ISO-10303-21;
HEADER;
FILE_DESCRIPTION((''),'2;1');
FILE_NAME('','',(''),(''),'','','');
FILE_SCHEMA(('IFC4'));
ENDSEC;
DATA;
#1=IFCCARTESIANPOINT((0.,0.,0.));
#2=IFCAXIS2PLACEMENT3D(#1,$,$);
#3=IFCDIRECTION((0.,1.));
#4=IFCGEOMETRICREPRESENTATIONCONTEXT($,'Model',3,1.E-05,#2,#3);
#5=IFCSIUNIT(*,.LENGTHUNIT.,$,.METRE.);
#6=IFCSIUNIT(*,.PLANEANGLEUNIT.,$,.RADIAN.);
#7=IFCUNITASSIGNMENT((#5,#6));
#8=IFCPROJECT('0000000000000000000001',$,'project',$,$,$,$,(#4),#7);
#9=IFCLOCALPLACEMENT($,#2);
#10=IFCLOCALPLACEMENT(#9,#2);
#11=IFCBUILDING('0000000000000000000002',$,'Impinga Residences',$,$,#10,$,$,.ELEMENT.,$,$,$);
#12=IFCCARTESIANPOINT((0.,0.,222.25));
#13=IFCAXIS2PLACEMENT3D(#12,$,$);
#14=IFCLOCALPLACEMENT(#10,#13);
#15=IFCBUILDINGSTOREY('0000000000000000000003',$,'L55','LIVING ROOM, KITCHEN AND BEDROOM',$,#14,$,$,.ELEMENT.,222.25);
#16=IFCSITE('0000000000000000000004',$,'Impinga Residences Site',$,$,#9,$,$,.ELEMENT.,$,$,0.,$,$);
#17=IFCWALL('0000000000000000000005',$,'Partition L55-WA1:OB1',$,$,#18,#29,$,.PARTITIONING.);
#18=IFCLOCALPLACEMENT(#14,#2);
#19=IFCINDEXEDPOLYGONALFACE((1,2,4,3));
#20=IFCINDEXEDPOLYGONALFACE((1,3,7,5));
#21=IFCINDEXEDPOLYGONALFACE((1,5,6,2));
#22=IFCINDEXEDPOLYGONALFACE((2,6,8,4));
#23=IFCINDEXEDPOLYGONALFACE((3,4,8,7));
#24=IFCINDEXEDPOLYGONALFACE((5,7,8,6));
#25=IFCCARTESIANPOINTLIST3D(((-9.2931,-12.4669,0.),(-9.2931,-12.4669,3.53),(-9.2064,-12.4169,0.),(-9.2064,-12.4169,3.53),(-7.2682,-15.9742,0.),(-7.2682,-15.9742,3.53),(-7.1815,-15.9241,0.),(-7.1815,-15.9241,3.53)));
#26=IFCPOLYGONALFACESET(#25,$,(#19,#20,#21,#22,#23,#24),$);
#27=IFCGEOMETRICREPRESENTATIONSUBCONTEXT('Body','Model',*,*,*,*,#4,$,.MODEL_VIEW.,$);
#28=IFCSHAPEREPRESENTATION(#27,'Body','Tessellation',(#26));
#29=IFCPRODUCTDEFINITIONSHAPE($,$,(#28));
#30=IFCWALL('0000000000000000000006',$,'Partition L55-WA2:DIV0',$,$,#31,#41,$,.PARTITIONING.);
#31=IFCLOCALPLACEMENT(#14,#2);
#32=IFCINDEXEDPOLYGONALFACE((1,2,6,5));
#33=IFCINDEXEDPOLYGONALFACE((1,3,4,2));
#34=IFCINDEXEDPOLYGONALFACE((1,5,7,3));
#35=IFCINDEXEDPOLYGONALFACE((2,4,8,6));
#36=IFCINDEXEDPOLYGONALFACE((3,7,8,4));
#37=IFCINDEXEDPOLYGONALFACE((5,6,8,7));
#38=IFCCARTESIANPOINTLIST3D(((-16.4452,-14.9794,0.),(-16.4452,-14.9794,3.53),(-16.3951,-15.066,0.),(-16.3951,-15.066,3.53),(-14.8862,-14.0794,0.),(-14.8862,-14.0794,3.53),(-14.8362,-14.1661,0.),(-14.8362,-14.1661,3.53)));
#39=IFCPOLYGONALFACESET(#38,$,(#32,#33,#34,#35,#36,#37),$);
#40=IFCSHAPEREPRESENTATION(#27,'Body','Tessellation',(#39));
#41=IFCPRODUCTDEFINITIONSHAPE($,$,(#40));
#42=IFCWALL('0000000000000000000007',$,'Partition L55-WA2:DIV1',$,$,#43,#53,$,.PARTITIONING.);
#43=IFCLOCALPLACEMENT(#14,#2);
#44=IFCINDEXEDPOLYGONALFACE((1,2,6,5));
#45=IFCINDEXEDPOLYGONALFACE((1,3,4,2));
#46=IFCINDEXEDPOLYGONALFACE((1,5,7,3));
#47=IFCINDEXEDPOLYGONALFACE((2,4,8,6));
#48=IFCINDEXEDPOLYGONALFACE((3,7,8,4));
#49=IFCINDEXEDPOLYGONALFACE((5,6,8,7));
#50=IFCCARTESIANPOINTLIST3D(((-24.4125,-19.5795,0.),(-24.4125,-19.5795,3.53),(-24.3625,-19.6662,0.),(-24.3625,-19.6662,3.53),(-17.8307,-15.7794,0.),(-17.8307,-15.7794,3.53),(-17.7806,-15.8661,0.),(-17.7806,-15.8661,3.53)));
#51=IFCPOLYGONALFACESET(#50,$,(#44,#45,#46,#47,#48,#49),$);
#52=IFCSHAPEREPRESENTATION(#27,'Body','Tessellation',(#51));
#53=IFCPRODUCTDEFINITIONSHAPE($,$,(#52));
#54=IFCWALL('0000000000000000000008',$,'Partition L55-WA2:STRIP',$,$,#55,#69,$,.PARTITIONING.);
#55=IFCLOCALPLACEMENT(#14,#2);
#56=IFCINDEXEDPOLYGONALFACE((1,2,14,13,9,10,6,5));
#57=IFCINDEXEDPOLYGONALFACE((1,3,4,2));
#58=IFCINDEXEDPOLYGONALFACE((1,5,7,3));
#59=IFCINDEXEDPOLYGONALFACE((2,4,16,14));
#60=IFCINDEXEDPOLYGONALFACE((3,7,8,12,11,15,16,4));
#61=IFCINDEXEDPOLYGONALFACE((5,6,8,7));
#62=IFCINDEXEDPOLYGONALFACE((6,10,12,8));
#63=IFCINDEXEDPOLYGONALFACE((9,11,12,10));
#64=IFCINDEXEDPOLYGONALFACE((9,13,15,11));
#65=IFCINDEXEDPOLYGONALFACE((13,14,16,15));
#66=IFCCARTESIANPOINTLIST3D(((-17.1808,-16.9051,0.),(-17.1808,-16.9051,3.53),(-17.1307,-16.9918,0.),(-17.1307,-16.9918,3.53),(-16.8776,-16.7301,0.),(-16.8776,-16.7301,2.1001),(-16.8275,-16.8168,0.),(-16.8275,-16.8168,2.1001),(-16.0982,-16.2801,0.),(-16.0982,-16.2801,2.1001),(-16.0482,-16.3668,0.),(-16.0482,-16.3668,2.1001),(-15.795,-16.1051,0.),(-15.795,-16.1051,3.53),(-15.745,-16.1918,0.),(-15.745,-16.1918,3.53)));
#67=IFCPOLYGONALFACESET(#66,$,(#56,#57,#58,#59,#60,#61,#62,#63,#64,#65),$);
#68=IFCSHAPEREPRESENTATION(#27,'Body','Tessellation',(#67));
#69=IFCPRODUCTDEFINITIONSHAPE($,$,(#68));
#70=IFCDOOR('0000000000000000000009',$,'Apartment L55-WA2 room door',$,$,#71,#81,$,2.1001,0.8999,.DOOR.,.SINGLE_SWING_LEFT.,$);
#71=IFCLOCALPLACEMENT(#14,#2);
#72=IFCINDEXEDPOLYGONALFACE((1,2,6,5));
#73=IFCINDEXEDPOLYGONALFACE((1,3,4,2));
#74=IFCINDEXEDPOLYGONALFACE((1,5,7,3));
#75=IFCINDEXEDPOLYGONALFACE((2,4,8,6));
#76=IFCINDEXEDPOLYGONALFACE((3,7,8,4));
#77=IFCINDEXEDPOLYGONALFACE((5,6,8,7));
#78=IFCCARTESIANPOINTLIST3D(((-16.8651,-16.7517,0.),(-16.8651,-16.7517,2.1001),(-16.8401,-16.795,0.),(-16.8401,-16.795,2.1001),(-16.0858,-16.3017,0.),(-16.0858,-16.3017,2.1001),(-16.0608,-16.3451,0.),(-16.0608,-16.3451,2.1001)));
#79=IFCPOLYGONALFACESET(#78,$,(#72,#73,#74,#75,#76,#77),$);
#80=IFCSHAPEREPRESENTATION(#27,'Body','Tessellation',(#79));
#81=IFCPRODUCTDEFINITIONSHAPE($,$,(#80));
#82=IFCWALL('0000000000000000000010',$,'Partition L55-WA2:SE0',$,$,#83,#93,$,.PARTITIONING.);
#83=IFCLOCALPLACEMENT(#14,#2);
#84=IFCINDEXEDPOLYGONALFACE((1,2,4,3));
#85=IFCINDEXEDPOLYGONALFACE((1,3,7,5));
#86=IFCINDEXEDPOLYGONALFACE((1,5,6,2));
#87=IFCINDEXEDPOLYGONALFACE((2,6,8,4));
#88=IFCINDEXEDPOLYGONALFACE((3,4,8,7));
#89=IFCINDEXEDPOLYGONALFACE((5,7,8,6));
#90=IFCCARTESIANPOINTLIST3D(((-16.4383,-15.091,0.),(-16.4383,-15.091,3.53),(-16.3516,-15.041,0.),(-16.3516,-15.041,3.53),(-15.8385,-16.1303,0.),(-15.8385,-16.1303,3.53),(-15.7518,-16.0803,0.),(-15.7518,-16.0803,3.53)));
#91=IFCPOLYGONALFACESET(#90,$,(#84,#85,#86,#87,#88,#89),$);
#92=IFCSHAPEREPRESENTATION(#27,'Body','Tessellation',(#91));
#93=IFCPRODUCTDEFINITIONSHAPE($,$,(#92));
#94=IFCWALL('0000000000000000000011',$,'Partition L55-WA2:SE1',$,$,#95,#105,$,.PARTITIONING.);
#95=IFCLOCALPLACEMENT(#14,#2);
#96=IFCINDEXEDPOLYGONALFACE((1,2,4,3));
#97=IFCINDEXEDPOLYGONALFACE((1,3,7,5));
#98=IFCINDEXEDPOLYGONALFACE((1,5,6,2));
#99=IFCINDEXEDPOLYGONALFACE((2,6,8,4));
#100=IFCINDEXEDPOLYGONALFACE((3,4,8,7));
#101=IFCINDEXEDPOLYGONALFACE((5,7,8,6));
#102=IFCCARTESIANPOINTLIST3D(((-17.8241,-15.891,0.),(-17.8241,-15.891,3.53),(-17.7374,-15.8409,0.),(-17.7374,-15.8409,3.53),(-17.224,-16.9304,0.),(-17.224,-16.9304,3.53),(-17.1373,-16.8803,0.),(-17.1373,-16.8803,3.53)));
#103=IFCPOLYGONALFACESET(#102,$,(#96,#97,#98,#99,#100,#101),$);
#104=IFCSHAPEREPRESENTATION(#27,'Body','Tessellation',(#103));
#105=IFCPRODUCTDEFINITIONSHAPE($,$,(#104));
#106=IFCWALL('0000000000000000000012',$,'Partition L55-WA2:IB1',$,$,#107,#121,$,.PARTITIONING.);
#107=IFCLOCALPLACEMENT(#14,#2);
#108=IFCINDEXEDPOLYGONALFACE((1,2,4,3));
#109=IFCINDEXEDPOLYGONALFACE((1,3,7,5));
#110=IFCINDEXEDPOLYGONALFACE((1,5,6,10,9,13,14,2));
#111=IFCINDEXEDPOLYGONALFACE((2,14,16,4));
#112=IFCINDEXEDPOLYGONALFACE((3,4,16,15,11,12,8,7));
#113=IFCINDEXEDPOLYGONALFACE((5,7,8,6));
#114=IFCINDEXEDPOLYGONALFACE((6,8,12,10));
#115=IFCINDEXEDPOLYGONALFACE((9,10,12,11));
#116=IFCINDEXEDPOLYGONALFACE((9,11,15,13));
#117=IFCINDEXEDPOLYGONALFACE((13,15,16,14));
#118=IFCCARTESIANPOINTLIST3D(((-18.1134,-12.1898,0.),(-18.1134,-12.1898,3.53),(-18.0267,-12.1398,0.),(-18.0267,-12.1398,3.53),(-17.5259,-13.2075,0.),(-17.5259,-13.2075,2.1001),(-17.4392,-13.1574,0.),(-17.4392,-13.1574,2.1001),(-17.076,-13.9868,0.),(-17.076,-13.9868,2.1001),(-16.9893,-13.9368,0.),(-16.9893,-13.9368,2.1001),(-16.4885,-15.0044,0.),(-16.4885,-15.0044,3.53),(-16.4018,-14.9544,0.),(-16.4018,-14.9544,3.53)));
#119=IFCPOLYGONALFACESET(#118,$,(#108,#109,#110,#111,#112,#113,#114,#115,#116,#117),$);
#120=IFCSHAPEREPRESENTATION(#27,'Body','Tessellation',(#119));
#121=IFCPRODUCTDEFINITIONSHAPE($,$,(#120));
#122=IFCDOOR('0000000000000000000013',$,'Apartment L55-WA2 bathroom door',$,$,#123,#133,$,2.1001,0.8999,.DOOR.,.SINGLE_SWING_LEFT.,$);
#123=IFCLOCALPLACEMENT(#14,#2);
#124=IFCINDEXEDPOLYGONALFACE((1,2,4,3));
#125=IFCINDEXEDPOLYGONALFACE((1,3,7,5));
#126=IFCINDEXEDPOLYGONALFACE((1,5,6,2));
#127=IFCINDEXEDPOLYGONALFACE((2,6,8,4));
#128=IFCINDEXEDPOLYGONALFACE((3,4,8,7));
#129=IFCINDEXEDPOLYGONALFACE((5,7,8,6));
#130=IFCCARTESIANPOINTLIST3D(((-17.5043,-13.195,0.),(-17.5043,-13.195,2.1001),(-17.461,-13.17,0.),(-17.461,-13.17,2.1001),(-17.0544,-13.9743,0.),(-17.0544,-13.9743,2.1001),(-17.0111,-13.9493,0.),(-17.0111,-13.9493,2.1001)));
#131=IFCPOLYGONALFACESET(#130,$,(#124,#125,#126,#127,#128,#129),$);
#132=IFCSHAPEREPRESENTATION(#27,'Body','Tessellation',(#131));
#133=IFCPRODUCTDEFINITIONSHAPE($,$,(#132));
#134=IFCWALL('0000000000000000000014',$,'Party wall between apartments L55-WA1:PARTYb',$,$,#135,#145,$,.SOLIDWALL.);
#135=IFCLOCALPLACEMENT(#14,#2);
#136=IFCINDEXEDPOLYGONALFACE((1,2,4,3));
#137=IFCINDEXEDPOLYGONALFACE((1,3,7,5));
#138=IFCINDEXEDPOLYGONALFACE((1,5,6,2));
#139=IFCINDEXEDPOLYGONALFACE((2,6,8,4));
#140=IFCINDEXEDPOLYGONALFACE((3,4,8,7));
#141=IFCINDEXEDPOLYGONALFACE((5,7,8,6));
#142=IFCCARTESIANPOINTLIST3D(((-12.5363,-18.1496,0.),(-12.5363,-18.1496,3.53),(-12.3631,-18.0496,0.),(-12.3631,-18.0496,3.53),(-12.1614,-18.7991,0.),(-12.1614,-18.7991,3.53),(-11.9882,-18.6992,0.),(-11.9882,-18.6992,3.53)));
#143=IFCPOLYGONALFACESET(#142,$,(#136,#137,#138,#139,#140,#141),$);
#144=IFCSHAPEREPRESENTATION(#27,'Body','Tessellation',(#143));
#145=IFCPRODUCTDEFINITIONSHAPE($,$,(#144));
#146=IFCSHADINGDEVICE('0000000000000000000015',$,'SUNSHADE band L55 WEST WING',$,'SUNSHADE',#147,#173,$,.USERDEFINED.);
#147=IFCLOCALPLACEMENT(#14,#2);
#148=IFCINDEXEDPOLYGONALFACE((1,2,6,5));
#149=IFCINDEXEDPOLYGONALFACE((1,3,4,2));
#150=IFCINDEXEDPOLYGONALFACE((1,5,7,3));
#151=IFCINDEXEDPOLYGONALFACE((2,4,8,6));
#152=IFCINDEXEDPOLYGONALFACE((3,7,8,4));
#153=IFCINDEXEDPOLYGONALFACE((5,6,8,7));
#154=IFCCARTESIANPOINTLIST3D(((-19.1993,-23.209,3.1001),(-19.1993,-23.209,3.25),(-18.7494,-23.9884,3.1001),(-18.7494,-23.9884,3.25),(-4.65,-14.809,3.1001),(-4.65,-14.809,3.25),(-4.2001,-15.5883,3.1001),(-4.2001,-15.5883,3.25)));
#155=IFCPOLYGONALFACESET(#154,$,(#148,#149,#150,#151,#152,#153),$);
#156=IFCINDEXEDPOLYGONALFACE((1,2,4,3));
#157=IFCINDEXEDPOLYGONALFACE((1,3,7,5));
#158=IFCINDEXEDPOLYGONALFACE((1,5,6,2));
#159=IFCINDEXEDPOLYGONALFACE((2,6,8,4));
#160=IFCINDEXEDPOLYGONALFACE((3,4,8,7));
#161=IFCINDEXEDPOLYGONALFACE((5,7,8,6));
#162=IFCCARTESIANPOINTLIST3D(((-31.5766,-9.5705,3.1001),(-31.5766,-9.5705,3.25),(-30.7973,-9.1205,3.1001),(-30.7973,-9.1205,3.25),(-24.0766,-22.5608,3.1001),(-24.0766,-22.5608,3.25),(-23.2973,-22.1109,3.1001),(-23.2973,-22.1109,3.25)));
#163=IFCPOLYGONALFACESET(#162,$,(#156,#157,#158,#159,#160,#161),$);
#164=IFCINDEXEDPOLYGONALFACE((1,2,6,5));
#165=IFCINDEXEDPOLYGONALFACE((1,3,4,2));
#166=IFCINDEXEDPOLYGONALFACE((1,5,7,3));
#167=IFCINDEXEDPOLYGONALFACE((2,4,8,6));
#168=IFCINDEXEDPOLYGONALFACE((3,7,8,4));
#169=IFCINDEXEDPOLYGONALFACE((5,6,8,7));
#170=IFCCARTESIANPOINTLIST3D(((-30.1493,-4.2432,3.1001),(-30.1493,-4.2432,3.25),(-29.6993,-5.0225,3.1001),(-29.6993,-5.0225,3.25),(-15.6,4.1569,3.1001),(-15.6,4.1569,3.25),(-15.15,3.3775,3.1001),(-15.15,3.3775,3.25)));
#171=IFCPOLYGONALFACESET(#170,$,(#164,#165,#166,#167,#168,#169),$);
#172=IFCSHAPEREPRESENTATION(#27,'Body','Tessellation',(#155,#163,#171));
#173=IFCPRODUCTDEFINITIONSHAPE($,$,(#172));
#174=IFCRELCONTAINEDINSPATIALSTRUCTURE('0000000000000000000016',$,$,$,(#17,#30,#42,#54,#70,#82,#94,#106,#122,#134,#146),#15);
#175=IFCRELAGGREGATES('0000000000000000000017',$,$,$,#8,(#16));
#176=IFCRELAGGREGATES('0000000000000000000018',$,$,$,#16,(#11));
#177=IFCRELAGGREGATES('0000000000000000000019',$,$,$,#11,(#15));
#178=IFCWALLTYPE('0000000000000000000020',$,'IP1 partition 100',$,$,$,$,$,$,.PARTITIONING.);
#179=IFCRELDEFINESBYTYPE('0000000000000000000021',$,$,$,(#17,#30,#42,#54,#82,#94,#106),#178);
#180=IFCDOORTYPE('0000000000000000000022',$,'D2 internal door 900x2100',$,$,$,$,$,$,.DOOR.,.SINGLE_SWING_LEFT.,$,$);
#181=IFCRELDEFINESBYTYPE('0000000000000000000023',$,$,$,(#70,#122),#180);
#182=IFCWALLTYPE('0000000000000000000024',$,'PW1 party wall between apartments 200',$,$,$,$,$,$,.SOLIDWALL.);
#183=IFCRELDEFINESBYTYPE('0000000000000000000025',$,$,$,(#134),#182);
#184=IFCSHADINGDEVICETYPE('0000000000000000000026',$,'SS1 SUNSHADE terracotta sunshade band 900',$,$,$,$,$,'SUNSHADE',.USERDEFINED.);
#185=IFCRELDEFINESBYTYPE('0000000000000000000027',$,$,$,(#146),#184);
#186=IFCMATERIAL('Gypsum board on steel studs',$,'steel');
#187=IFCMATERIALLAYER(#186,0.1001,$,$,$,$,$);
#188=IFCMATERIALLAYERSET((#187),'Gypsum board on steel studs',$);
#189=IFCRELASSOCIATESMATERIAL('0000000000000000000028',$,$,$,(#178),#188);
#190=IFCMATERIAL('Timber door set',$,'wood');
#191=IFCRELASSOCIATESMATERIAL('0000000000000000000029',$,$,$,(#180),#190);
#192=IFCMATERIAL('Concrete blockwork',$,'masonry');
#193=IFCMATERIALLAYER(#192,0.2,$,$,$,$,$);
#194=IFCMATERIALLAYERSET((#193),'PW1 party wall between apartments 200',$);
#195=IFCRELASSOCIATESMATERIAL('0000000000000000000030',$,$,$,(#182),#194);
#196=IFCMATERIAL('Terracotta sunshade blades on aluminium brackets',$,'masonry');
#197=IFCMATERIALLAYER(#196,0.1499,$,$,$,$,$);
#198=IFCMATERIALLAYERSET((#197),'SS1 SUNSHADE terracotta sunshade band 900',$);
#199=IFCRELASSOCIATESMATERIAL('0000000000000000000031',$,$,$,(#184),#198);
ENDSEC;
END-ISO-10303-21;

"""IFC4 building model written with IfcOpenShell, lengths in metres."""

from ifc_helpers import new_model, si_unit, direction, frame, frame_2d, origin, origin_2d, place, context, subcontext, project, spatial, rectangle, extrude, material, layer, layer_set, type_object, element, fill, save


model = new_model("IFC4")

# Units and contexts
model_context = context("Model", 3, precision=1e-05, world=origin(), true_north=direction((0.0, 1.0)))
body_context = subcontext(model_context, "Body", "Model", "MODEL_VIEW")
ifc_project = project(units=[si_unit("LENGTHUNIT", "METRE"), si_unit("PLANEANGLEUNIT", "RADIAN")], contexts=[model_context])

# Site, building, storey
site_placement = place(None, origin())
site = spatial("IfcSite", under=ifc_project, at=site_placement, Name="Impinga Residences Site", CompositionType="ELEMENT", RefElevation=0.0)
building_placement = place(site_placement, origin())
building = spatial("IfcBuilding", under=site, at=building_placement, Name="Impinga Residences", CompositionType="ELEMENT")
storey_placement = place(building_placement, frame((0.0, 0.0, 222.25)))
storey = spatial("IfcBuildingStorey", under=building, at=storey_placement, Name="L55", Description="LIVING ROOM, KITCHEN AND BEDROOM", CompositionType="ELEMENT", Elevation=222.25)

# Walls
ifc_material_1 = material(Name="Gypsum board on steel studs", Category="steel")
ifc_layer_1 = layer(ifc_material_1, 0.1001)
ifc_layer_set_1 = layer_set([ifc_layer_1], Name="Gypsum board on steel studs")
wall_type_1 = type_object("IfcWallType", Name="IP1 partition 100", PredefinedType="PARTITIONING", material=ifc_layer_set_1)
wall_1_placement = place(storey_placement, frame((-9.2498, -12.4419, 0.0), z_axis=(0.0, 0.0, 1.0), x_axis=(0.49999, -0.866031, 0.0)))
element("IfcWall", 1, at=wall_1_placement, inside=storey, type_object=wall_type_1, Name="Partition L55-WA1:OB1", PredefinedType="PARTITIONING", context=body_context, shape_type="SweptSolid", body=[
    extrude(rectangle(XDim=4.0498, YDim=0.1001, at=frame_2d((2.0249, 0.0))), origin(), (0.0, 0.0, 1.0), 3.53),
])
wall_2_placement = place(storey_placement, frame((-14.8613, -14.1228, 0.0), z_axis=(0.0, 0.0, 1.0), x_axis=(-0.866048, -0.499961, 0.0)))
element("IfcWall", 2, at=wall_2_placement, inside=storey, type_object=wall_type_1, Name="Partition L55-WA2:DIV0", PredefinedType="PARTITIONING", context=body_context, shape_type="SweptSolid", body=[
    extrude(rectangle(XDim=1.8, YDim=0.1001, at=frame_2d((0.8999, 0.0))), origin(), (0.0, 0.0, 1.0), 3.53),
])
wall_3_placement = place(storey_placement, frame((-17.8057, -15.8228, 0.0), z_axis=(0.0, 0.0, 1.0), x_axis=(-0.866022, -0.500005, 0.0)))
element("IfcWall", 3, at=wall_3_placement, inside=storey, type_object=wall_type_1, Name="Partition L55-WA2:DIV1", PredefinedType="PARTITIONING", context=body_context, shape_type="SweptSolid", body=[
    extrude(rectangle(XDim=7.6001, YDim=0.1001, at=frame_2d((3.8, 0.0))), origin(), (0.0, 0.0, 1.0), 3.53),
])

# Wall, opening, door
wall_4_placement = place(storey_placement, frame((-15.77, -16.1484, 0.0), z_axis=(0.0, 0.0, 1.0), x_axis=(-0.866028, -0.499995, 0.0)))
wall_4 = element("IfcWall", 4, at=wall_4_placement, inside=storey, type_object=wall_type_1, Name="Partition L55-WA2:STRIP", PredefinedType="PARTITIONING", context=body_context, shape_type="SweptSolid", body=[
    extrude(rectangle(XDim=1.6001, YDim=0.1001, at=frame_2d((0.8, 0.0))), origin(), (0.0, 0.0, 1.0), 3.53),
])
opening_1_placement = place(wall_4_placement, frame((0.3501, 0.0, 0.0)))
opening_1 = element("IfcOpeningElement", 5, at=opening_1_placement, cuts=wall_4, PredefinedType="OPENING", context=body_context, shape_type="SweptSolid", body=[
    extrude(rectangle(XDim=0.8999, YDim=2.1001, at=frame_2d((0.45, 1.05))), frame((0.0, 0.0601, 0.0), z_axis=(0.0, -1.0, 0.0), x_axis=(1.0, 0.0, 0.0)), (0.0, 0.0, 1.0), 0.1201),
])
ifc_material_2 = material(Name="Timber door set", Category="wood")
door_type = type_object("IfcDoorType", Name="D2 internal door 900x2100", OperationType="SINGLE_SWING_LEFT", PredefinedType="DOOR", material=ifc_material_2)
door_1_placement = place(opening_1_placement, origin())
door_1 = element("IfcDoor", 6, at=door_1_placement, inside=storey, type_object=door_type, Name="Apartment L55-WA2 room door", OperationType="SINGLE_SWING_LEFT", OverallHeight=2.1001, OverallWidth=0.8999, PredefinedType="DOOR", context=body_context, shape_type="SweptSolid", body=[
    extrude(rectangle(XDim=0.8999, YDim=2.1001, at=frame_2d((0.45, 1.05))), frame((0.0, 0.0249, 0.0), z_axis=(0.0, -1.0, 0.0), x_axis=(1.0, 0.0, 0.0)), (0.0, 0.0, 1.0), 0.05),
])
fill(opening_1, door_1)

# Walls
wall_5_placement = place(storey_placement, frame((-16.395, -15.0659, 0.0), z_axis=(0.0, 0.0, 1.0), x_axis=(0.499881, -0.866094, 0.0)))
element("IfcWall", 7, at=wall_5_placement, inside=storey, type_object=wall_type_1, Name="Partition L55-WA2:SE0", PredefinedType="PARTITIONING", context=body_context, shape_type="SweptSolid", body=[
    extrude(rectangle(XDim=1.2, YDim=0.1001, at=frame_2d((0.6001, 0.0))), origin(), (0.0, 0.0, 1.0), 3.53),
])
wall_6_placement = place(storey_placement, frame((-17.7808, -15.866, 0.0), z_axis=(0.0, 0.0, 1.0), x_axis=(0.500034, -0.866006, 0.0)))
element("IfcWall", 8, at=wall_6_placement, inside=storey, type_object=wall_type_1, Name="Partition L55-WA2:SE1", PredefinedType="PARTITIONING", context=body_context, shape_type="SweptSolid", body=[
    extrude(rectangle(XDim=1.2002, YDim=0.1001, at=frame_2d((0.6001, 0.0))), origin(), (0.0, 0.0, 1.0), 3.53),
])

# Wall, opening, door
wall_7_placement = place(storey_placement, frame((-18.0701, -12.1648, 0.0), z_axis=(0.0, 0.0, 1.0), x_axis=(0.499985, -0.866034, 0.0)))
wall_7 = element("IfcWall", 9, at=wall_7_placement, inside=storey, type_object=wall_type_1, Name="Partition L55-WA2:IB1", PredefinedType="PARTITIONING", context=body_context, shape_type="SweptSolid", body=[
    extrude(rectangle(XDim=3.25, YDim=0.1001, at=frame_2d((1.625, 0.0))), origin(), (0.0, 0.0, 1.0), 3.53),
])
opening_2_placement = place(wall_7_placement, frame((1.175, 0.0, 0.0)))
opening_2 = element("IfcOpeningElement", 10, at=opening_2_placement, cuts=wall_7, PredefinedType="OPENING", context=body_context, shape_type="SweptSolid", body=[
    extrude(rectangle(XDim=0.8999, YDim=2.1001, at=frame_2d((0.45, 1.05))), frame((0.0, 0.0601, 0.0), z_axis=(0.0, -1.0, 0.0), x_axis=(1.0, 0.0, 0.0)), (0.0, 0.0, 1.0), 0.1201),
])
door_2_placement = place(opening_2_placement, origin())
door_2 = element("IfcDoor", 11, at=door_2_placement, inside=storey, type_object=door_type, Name="Apartment L55-WA2 bathroom door", OperationType="SINGLE_SWING_LEFT", OverallHeight=2.1001, OverallWidth=0.8999, PredefinedType="DOOR", context=body_context, shape_type="SweptSolid", body=[
    extrude(rectangle(XDim=0.8999, YDim=2.1001, at=frame_2d((0.45, 1.05))), frame((0.0, 0.0249, 0.0), z_axis=(0.0, -1.0, 0.0), x_axis=(1.0, 0.0, 0.0)), (0.0, 0.0, 1.0), 0.05),
])
fill(opening_2, door_2)

# Wall
ifc_material_3 = material(Name="Concrete blockwork", Category="masonry")
ifc_layer_2 = layer(ifc_material_3, 0.2)
ifc_layer_set_2 = layer_set([ifc_layer_2], Name="PW1 party wall between apartments 200")
wall_type_2 = type_object("IfcWallType", Name="PW1 party wall between apartments 200", PredefinedType="SOLIDWALL", material=ifc_layer_set_2)
wall_8_placement = place(storey_placement, frame((-12.4497, -18.0996, 0.0), z_axis=(0.0, 0.0, 1.0), x_axis=(0.49992, -0.866072, 0.0)))
element("IfcWall", 12, at=wall_8_placement, inside=storey, type_object=wall_type_2, Name="Party wall between apartments L55-WA1:PARTYb", PredefinedType="SOLIDWALL", context=body_context, shape_type="SweptSolid", body=[
    extrude(rectangle(XDim=0.75, YDim=0.2, at=frame_2d((0.375, 0.0))), origin(), (0.0, 0.0, 1.0), 3.53),
])

# Shading device
ifc_material_4 = material(Name="Terracotta sunshade blades on aluminium brackets", Category="masonry")
ifc_layer_3 = layer(ifc_material_4, 0.1499)
ifc_layer_set_3 = layer_set([ifc_layer_3], Name="SS1 SUNSHADE terracotta sunshade band 900")
shading_device_type = type_object("IfcShadingDeviceType", Name="SS1 SUNSHADE terracotta sunshade band 900", ElementType="SUNSHADE", PredefinedType="USERDEFINED", material=ifc_layer_set_3)
shading_device_placement = place(storey_placement, frame((-11.6997, -19.3987, 3.1001), z_axis=(0.0, 0.0, 1.0), x_axis=(-0.866025, -0.5, 0.0)))
element("IfcShadingDevice", 13, at=shading_device_placement, inside=storey, type_object=shading_device_type, Name="SUNSHADE band L55 WEST WING", ObjectType="SUNSHADE", PredefinedType="USERDEFINED", context=body_context, shape_type="SweptSolid", body=[
    extrude(rectangle(XDim=16.8, YDim=0.8999, at=origin_2d()), origin(), (0.0, 0.0, 1.0), 0.1499),
    extrude(rectangle(XDim=15.0, YDim=0.8999, at=origin_2d()), frame((11.8499, -10.95, 0.0), z_axis=(0.0, 0.0, 1.0), x_axis=(0.0, -1.0, 0.0)), (0.0, 0.0, 1.0), 0.1499),
    extrude(rectangle(XDim=16.8, YDim=0.8999, at=origin_2d()), frame((0.0, -21.8999, 0.0), z_axis=(0.0, 0.0, 1.0), x_axis=(-1.0, 0.0, 0.0)), (0.0, 0.0, 1.0), 0.1499),
])

save(model, "model.ifc")
